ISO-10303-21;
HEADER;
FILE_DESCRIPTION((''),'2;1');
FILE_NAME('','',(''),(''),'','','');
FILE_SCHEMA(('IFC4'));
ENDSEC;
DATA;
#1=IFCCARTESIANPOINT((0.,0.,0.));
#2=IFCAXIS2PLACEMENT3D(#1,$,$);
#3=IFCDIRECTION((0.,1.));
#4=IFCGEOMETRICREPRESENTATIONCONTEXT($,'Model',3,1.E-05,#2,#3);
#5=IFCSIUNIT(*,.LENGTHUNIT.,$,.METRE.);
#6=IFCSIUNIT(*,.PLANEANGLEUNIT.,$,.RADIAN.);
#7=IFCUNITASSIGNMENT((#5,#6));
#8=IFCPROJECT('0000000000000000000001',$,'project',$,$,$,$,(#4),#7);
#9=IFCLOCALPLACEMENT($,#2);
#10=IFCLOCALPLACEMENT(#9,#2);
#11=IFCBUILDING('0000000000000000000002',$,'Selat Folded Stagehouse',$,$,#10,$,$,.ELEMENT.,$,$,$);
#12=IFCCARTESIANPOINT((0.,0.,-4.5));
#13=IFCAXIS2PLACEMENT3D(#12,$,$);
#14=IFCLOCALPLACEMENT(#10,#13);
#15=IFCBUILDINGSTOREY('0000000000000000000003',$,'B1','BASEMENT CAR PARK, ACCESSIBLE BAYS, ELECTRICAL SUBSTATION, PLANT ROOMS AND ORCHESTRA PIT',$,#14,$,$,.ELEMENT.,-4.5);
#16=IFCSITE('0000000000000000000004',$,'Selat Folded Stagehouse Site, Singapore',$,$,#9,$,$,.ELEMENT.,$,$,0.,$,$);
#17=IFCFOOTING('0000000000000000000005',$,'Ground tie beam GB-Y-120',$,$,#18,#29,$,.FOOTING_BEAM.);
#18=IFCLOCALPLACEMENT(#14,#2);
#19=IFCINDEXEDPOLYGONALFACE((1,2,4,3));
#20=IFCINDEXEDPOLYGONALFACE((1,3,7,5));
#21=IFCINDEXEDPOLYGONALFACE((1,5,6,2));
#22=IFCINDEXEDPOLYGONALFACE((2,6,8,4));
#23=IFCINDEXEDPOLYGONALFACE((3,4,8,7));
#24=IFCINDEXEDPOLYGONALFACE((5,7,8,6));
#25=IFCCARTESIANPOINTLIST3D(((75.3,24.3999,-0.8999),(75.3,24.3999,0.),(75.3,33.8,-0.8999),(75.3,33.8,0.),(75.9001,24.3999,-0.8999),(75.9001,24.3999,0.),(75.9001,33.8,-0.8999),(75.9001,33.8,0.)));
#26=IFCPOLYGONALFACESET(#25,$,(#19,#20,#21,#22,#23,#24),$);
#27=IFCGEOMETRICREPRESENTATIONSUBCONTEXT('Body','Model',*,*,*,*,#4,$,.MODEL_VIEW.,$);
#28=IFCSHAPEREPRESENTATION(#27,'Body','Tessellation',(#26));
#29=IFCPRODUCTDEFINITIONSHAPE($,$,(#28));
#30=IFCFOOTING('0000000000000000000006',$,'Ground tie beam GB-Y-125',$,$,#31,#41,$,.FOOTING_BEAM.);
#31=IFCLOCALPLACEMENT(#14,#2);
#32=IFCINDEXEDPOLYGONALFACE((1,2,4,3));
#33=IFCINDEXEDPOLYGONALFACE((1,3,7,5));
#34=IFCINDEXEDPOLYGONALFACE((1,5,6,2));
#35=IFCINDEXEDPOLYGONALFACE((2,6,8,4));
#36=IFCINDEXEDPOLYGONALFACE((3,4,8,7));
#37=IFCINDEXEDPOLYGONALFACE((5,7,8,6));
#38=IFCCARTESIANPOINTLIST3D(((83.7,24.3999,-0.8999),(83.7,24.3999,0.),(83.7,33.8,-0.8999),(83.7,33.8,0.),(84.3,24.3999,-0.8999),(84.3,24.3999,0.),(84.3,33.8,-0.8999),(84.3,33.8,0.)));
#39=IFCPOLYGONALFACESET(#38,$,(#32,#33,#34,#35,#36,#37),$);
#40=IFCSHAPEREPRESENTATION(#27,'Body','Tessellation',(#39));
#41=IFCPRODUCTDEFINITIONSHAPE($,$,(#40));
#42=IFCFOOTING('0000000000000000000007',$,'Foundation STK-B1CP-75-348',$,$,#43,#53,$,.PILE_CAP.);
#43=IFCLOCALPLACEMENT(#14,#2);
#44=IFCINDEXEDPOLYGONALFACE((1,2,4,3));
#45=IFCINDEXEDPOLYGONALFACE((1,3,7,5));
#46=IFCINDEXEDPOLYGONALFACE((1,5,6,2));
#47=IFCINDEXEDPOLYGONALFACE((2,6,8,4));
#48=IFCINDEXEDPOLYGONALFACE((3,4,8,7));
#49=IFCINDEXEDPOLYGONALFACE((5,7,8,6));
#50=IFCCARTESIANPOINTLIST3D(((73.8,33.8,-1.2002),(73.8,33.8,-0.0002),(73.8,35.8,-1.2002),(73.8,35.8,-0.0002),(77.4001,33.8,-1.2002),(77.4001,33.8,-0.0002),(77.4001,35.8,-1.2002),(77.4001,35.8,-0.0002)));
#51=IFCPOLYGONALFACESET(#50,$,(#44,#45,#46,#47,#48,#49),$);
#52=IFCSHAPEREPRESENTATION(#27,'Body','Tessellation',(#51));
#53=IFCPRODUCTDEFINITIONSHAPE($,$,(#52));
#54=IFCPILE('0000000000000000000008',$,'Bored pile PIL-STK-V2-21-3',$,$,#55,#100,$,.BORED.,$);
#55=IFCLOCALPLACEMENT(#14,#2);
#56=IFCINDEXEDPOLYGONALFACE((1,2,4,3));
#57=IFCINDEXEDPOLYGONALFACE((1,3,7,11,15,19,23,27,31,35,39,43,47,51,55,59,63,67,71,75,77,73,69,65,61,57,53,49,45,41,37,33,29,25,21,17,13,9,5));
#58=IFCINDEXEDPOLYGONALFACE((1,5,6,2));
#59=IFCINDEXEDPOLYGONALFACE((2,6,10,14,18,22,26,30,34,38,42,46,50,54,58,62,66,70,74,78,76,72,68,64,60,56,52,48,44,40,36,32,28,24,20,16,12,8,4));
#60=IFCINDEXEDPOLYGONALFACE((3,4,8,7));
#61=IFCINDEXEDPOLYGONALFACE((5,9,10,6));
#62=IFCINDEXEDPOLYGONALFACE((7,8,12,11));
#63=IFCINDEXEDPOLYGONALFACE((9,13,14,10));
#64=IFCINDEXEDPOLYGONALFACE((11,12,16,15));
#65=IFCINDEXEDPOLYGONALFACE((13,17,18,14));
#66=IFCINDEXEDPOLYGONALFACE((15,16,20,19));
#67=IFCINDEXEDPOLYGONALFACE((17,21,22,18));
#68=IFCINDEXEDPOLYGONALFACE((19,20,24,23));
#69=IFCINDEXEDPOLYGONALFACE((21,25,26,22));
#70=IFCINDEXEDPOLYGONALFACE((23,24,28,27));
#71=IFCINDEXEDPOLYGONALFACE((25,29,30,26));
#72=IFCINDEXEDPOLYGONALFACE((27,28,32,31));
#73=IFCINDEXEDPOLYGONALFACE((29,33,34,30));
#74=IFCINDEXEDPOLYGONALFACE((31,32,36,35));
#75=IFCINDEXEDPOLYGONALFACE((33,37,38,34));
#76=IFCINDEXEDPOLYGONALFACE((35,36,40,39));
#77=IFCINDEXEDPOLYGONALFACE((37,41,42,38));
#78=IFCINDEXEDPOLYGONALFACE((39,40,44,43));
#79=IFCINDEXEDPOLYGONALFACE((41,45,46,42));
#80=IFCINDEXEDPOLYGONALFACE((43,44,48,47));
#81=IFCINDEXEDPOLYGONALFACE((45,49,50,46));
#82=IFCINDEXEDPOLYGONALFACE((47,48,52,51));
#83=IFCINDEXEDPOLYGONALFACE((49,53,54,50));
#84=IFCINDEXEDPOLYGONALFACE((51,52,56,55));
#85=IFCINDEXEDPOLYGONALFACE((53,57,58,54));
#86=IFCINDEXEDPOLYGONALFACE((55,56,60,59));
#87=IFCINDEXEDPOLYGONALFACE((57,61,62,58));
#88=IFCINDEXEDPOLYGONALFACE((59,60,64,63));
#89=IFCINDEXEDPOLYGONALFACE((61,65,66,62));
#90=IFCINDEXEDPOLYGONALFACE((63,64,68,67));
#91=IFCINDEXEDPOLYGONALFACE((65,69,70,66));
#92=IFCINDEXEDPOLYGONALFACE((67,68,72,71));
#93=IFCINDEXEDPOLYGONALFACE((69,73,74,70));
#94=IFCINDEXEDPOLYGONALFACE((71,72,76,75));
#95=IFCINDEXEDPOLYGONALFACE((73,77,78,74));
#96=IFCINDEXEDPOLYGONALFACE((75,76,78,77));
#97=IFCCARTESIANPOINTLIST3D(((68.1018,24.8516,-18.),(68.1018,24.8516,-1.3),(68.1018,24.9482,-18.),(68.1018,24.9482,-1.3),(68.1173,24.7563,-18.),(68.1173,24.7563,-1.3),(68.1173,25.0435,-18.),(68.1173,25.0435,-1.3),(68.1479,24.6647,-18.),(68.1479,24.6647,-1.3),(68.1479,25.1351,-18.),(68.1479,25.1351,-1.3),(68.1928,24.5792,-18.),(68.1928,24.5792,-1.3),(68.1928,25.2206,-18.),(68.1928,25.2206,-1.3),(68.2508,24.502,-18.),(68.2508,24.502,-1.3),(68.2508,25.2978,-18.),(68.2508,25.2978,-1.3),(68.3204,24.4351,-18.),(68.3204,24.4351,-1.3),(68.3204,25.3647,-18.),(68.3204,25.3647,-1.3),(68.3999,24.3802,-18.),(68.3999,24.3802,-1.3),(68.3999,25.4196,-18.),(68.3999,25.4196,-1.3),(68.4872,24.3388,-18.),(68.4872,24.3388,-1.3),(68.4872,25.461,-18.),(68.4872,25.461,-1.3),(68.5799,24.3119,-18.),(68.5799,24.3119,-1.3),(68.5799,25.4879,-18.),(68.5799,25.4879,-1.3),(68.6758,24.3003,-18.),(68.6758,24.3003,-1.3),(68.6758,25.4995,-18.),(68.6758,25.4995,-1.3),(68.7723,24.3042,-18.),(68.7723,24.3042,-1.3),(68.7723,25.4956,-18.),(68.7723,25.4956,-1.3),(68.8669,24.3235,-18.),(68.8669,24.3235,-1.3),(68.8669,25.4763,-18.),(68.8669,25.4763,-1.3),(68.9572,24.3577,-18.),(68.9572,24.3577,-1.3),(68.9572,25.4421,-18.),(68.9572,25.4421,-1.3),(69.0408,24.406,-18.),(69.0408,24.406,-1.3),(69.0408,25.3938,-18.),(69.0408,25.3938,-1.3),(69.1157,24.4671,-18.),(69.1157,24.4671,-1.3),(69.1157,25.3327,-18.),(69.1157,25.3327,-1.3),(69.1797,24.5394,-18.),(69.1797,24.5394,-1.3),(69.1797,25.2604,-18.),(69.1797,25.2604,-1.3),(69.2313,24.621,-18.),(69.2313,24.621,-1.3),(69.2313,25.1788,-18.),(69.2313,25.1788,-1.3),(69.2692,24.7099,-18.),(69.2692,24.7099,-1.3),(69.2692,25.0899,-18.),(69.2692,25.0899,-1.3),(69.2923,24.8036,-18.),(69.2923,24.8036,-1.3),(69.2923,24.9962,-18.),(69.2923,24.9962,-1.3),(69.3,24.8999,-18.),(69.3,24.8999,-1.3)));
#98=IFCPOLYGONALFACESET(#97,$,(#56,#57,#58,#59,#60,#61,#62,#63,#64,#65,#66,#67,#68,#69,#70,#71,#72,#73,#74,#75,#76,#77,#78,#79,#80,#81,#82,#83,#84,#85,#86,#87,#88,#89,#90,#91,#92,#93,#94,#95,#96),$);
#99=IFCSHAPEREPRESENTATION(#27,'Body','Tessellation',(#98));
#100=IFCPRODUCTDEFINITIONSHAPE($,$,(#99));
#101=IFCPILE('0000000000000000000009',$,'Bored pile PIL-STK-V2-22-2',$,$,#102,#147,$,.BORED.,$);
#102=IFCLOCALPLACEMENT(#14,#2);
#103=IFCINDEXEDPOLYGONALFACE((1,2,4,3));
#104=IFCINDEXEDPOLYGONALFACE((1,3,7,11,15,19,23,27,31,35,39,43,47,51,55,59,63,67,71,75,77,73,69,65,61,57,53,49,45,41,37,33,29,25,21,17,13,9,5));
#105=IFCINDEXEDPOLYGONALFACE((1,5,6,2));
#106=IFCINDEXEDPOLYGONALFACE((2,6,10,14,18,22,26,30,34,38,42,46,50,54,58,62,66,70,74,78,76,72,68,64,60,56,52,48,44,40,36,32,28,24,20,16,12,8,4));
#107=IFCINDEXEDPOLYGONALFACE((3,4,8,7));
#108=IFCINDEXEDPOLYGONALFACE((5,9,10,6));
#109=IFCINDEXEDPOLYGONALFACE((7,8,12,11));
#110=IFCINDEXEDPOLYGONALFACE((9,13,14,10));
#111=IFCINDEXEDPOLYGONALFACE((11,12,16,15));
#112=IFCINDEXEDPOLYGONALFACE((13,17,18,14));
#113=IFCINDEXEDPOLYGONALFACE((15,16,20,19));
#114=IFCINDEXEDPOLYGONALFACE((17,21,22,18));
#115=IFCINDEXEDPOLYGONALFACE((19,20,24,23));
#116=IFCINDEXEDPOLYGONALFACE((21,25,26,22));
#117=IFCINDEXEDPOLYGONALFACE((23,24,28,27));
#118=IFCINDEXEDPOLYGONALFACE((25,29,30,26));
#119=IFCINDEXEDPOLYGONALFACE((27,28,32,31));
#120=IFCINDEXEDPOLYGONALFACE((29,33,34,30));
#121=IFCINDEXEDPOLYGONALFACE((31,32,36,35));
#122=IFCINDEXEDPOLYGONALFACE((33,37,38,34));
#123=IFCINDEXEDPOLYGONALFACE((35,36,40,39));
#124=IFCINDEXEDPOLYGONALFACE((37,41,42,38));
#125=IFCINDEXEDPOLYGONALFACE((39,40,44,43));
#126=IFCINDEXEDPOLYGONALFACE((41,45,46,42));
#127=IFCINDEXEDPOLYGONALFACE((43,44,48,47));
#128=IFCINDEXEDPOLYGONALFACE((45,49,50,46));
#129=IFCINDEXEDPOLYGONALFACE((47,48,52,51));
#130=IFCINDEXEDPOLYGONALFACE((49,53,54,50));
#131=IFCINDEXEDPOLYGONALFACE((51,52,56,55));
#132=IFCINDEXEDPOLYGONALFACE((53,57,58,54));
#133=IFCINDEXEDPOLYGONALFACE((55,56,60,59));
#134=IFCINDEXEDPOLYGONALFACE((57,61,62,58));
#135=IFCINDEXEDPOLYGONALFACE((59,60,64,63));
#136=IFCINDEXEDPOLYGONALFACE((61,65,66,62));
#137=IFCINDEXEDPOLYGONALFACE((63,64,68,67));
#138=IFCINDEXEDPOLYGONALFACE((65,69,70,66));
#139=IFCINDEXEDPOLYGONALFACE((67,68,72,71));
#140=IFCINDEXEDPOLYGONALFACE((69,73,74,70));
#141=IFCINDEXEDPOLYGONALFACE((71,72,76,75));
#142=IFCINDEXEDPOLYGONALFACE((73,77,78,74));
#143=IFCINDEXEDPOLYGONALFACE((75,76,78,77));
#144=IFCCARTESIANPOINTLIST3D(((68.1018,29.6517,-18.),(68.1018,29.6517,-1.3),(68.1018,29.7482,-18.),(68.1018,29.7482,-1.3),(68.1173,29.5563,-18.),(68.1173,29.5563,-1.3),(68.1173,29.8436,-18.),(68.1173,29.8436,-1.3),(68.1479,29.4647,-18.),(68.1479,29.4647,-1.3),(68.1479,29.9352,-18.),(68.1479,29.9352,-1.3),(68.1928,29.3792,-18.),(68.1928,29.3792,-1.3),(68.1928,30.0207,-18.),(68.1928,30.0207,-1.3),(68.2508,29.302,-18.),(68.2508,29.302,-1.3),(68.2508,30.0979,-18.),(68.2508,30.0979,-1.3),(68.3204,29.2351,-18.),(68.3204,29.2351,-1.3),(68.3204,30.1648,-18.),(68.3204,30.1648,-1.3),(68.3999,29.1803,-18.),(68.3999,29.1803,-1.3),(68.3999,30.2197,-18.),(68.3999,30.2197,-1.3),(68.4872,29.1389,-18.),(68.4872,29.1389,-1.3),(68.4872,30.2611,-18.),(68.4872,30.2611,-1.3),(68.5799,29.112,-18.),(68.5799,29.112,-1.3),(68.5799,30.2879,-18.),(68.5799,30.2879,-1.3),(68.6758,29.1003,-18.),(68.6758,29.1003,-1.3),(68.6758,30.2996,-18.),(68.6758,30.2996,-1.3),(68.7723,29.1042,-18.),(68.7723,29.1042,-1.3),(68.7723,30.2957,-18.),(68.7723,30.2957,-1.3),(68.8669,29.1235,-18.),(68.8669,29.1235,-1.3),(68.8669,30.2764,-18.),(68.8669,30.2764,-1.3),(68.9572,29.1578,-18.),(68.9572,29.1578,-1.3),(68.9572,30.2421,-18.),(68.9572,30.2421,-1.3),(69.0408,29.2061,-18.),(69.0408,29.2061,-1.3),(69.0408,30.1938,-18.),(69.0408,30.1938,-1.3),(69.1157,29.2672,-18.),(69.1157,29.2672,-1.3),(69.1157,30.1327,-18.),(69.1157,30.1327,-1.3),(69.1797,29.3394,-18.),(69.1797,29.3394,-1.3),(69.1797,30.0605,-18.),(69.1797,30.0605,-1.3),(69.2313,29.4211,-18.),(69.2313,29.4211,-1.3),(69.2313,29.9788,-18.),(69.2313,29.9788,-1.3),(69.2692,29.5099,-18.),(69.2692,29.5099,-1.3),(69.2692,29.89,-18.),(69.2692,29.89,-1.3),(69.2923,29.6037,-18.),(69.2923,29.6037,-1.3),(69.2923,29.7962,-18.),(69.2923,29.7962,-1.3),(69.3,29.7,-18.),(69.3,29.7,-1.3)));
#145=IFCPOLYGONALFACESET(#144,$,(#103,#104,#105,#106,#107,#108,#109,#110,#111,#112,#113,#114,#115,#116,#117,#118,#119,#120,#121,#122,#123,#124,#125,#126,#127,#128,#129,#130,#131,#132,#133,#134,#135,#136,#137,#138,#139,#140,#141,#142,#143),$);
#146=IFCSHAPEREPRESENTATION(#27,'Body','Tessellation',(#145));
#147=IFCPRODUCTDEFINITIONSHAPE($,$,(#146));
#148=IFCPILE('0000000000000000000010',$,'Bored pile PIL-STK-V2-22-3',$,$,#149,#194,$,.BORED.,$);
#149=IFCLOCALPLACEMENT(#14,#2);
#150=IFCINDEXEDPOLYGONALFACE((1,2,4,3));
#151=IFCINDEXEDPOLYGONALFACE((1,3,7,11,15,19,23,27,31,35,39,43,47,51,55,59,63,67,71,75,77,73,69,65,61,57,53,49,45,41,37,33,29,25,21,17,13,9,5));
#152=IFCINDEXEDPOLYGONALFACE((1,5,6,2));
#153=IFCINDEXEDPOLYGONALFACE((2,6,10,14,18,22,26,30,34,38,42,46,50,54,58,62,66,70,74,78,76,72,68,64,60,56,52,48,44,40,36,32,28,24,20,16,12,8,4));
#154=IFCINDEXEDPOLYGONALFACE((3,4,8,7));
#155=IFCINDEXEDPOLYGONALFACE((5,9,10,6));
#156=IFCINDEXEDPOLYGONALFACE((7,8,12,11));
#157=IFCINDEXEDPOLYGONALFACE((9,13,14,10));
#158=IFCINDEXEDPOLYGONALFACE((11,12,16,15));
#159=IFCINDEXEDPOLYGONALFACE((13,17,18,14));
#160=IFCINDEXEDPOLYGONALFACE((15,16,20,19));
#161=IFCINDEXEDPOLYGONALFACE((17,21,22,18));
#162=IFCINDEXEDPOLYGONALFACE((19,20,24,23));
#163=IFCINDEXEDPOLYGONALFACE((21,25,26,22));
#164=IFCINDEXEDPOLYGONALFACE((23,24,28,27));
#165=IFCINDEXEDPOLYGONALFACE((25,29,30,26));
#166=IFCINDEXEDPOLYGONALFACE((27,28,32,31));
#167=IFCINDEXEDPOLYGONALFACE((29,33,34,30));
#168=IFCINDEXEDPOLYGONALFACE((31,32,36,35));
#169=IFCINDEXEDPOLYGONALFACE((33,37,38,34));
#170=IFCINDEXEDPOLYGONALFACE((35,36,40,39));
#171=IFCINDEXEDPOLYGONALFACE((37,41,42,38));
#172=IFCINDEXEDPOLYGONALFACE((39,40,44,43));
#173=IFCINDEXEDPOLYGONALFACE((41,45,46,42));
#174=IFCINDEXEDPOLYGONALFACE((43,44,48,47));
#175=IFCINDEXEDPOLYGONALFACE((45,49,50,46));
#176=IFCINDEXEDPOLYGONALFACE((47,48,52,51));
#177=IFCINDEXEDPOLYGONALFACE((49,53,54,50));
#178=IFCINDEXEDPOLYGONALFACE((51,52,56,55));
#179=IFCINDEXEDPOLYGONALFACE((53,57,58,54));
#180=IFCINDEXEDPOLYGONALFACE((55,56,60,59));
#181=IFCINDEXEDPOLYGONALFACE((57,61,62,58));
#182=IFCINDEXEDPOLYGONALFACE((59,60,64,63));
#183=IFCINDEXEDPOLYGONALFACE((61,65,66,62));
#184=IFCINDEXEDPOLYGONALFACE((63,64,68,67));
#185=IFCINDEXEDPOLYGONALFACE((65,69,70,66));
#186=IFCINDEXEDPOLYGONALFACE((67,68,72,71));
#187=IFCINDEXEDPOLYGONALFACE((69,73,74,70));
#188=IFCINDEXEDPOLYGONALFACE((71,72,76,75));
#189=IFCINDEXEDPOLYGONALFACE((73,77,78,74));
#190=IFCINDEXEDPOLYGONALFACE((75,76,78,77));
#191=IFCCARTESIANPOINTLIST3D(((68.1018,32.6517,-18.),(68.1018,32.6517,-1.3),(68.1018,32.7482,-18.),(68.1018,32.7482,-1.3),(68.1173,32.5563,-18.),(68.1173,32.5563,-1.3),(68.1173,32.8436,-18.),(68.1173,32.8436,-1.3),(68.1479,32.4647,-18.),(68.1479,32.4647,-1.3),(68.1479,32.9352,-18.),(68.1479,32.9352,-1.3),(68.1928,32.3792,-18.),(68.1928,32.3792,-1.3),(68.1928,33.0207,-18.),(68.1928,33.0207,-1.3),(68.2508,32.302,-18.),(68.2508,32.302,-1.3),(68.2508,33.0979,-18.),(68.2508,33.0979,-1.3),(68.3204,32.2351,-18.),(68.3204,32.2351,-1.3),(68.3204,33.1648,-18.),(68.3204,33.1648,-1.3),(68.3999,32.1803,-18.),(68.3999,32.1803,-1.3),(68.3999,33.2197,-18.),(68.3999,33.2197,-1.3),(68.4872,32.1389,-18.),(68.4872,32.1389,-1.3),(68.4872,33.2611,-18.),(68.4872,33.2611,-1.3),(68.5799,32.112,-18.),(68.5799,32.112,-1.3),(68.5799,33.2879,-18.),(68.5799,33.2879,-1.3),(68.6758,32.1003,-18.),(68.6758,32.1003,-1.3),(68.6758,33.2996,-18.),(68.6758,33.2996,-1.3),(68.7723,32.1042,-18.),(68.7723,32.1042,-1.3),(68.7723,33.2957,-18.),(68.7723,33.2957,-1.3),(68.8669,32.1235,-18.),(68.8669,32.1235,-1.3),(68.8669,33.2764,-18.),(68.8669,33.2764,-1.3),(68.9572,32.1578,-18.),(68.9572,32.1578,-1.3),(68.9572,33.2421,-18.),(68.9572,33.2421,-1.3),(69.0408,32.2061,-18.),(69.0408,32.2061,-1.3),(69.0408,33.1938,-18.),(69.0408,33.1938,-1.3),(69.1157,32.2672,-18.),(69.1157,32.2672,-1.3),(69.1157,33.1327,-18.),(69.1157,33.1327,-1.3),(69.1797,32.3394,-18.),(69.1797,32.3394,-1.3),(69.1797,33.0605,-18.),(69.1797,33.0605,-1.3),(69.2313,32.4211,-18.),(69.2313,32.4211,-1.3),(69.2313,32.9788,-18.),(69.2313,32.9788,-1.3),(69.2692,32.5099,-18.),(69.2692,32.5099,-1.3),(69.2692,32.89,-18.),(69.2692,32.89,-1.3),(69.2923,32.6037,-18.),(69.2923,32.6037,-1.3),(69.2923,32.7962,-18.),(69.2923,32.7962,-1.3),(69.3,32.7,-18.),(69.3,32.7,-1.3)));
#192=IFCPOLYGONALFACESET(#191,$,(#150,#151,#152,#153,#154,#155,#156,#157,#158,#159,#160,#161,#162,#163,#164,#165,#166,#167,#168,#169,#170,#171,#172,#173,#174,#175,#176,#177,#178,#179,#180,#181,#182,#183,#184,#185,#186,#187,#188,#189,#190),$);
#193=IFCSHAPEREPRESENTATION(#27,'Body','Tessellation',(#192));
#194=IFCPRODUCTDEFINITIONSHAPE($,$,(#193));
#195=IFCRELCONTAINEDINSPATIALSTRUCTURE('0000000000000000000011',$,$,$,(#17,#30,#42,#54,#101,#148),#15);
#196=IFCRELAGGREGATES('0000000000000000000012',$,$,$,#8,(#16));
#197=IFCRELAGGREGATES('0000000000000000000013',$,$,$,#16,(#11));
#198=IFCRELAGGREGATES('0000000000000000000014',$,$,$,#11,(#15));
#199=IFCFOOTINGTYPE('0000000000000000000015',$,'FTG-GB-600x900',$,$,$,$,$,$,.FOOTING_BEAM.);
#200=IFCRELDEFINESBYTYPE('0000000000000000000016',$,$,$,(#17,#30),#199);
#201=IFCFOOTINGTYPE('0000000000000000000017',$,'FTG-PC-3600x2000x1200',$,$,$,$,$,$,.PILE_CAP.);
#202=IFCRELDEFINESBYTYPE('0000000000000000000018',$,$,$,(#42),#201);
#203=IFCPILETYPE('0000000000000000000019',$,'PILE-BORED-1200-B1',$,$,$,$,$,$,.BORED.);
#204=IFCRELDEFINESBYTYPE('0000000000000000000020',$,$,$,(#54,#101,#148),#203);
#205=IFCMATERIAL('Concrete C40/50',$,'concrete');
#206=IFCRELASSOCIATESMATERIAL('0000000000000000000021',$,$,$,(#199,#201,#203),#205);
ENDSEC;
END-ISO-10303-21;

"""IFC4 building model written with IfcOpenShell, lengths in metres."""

from ifc_helpers import new_model, si_unit, direction, frame, origin, origin_2d, place, context, subcontext, project, spatial, rectangle, circle, extrude, material, material_profile, profile_set, type_object, element, save


model = new_model("IFC4")

# Units and contexts
model_context = context("Model", 3, precision=1e-05, world=origin(), true_north=direction((0.0, 1.0)))
body_context = subcontext(model_context, "Body", "Model", "MODEL_VIEW")
ifc_project = project(units=[si_unit("LENGTHUNIT", "METRE"), si_unit("PLANEANGLEUNIT", "RADIAN")], contexts=[model_context])

# Site, building, storey
site_placement = place(None, origin())
site = spatial("IfcSite", under=ifc_project, at=site_placement, Name="Selat Folded Stagehouse Site, Singapore", CompositionType="ELEMENT", RefElevation=0.0)
building_placement = place(site_placement, origin())
building = spatial("IfcBuilding", under=site, at=building_placement, Name="Selat Folded Stagehouse", CompositionType="ELEMENT")
storey_placement = place(building_placement, frame((0.0, 0.0, -4.5)))
storey = spatial("IfcBuildingStorey", under=building, at=storey_placement, Name="B1", Description="BASEMENT CAR PARK, ACCESSIBLE BAYS, ELECTRICAL SUBSTATION, PLANT ROOMS AND ORCHESTRA PIT", CompositionType="ELEMENT", Elevation=-4.5)

# Footings
ifc_material_1 = material(Name="Concrete C40/50", Category="concrete")
ifc_material_profile_1 = material_profile(ifc_material_1, rectangle(XDim=0.6001, YDim=0.8999, at=origin_2d()), Name="RC 900x600")
ifc_profile_set_1 = profile_set([ifc_material_profile_1], Name="Concrete C40/50")
footing_type_1 = type_object("IfcFootingType", Name="FTG-GB-600x900", PredefinedType="FOOTING_BEAM", material=ifc_profile_set_1)
for number, where, z_axis, x_axis, name in (
    (1, (75.6001, 24.3999, -0.45), (0.0, 1.0, 0.0), (-1.0, 0.0, 0.0), "Ground tie beam GB-Y-120"),
    (2, (84.0, 24.3999, -0.45), (0.0, 1.0, 0.0), (-1.0, 0.0, 0.0), "Ground tie beam GB-Y-125"),
):
    element("IfcFooting", number, at=place(storey_placement, frame(where, z_axis=z_axis, x_axis=x_axis)), inside=storey, type_object=footing_type_1, Name=name, PredefinedType="FOOTING_BEAM", context=body_context, shape_type="SweptSolid", body=[
        extrude(rectangle(XDim=0.6001, YDim=0.8999, at=origin_2d()), origin(), (0.0, 0.0, 1.0), 9.4001),
    ])
footing_type_2 = type_object("IfcFootingType", Name="FTG-PC-3600x2000x1200", PredefinedType="PILE_CAP", material=ifc_material_1)
footing_placement = place(storey_placement, frame((75.6001, 34.8, -1.2002), z_axis=(0.0, 0.0, 1.0), x_axis=(1.0, 0.0, 0.0)))
element("IfcFooting", 3, at=footing_placement, inside=storey, type_object=footing_type_2, Name="Foundation STK-B1CP-75-348", PredefinedType="PILE_CAP", context=body_context, shape_type="SweptSolid", body=[
    extrude(rectangle(XDim=3.6001, YDim=2.0, at=origin_2d()), origin(), (0.0, 0.0, 1.0), 1.2),
])

# Piles
ifc_material_profile_2 = material_profile(ifc_material_1, circle(Radius=0.6001, at=origin_2d()), Name="PILE D1200")
ifc_profile_set_2 = profile_set([ifc_material_profile_2], Name="Concrete C40/50")
pile_type_1 = type_object("IfcPileType", Name="PILE-BORED-1200-B1", PredefinedType="BORED", material=ifc_profile_set_2)
for number, where, z_axis, x_axis, name in (
    (4, (68.7, 24.8999, -1.3), (0.0, 0.0, -1.0), (1.0, 0.0, 0.0), "Bored pile PIL-STK-V2-21-3"),
    (5, (68.7, 29.7, -1.3), (0.0, 0.0, -1.0), (1.0, 0.0, 0.0), "Bored pile PIL-STK-V2-22-2"),
    (6, (68.7, 32.7, -1.3), (0.0, 0.0, -1.0), (1.0, 0.0, 0.0), "Bored pile PIL-STK-V2-22-3"),
):
    element("IfcPile", number, at=place(storey_placement, frame(where, z_axis=z_axis, x_axis=x_axis)), inside=storey, type_object=pile_type_1, Name=name, PredefinedType="BORED", context=body_context, shape_type="SweptSolid", body=[
        extrude(circle(Radius=0.6001, at=origin_2d()), origin(), (0.0, 0.0, 1.0), 16.7),
    ])

save(model, "model.ifc")
